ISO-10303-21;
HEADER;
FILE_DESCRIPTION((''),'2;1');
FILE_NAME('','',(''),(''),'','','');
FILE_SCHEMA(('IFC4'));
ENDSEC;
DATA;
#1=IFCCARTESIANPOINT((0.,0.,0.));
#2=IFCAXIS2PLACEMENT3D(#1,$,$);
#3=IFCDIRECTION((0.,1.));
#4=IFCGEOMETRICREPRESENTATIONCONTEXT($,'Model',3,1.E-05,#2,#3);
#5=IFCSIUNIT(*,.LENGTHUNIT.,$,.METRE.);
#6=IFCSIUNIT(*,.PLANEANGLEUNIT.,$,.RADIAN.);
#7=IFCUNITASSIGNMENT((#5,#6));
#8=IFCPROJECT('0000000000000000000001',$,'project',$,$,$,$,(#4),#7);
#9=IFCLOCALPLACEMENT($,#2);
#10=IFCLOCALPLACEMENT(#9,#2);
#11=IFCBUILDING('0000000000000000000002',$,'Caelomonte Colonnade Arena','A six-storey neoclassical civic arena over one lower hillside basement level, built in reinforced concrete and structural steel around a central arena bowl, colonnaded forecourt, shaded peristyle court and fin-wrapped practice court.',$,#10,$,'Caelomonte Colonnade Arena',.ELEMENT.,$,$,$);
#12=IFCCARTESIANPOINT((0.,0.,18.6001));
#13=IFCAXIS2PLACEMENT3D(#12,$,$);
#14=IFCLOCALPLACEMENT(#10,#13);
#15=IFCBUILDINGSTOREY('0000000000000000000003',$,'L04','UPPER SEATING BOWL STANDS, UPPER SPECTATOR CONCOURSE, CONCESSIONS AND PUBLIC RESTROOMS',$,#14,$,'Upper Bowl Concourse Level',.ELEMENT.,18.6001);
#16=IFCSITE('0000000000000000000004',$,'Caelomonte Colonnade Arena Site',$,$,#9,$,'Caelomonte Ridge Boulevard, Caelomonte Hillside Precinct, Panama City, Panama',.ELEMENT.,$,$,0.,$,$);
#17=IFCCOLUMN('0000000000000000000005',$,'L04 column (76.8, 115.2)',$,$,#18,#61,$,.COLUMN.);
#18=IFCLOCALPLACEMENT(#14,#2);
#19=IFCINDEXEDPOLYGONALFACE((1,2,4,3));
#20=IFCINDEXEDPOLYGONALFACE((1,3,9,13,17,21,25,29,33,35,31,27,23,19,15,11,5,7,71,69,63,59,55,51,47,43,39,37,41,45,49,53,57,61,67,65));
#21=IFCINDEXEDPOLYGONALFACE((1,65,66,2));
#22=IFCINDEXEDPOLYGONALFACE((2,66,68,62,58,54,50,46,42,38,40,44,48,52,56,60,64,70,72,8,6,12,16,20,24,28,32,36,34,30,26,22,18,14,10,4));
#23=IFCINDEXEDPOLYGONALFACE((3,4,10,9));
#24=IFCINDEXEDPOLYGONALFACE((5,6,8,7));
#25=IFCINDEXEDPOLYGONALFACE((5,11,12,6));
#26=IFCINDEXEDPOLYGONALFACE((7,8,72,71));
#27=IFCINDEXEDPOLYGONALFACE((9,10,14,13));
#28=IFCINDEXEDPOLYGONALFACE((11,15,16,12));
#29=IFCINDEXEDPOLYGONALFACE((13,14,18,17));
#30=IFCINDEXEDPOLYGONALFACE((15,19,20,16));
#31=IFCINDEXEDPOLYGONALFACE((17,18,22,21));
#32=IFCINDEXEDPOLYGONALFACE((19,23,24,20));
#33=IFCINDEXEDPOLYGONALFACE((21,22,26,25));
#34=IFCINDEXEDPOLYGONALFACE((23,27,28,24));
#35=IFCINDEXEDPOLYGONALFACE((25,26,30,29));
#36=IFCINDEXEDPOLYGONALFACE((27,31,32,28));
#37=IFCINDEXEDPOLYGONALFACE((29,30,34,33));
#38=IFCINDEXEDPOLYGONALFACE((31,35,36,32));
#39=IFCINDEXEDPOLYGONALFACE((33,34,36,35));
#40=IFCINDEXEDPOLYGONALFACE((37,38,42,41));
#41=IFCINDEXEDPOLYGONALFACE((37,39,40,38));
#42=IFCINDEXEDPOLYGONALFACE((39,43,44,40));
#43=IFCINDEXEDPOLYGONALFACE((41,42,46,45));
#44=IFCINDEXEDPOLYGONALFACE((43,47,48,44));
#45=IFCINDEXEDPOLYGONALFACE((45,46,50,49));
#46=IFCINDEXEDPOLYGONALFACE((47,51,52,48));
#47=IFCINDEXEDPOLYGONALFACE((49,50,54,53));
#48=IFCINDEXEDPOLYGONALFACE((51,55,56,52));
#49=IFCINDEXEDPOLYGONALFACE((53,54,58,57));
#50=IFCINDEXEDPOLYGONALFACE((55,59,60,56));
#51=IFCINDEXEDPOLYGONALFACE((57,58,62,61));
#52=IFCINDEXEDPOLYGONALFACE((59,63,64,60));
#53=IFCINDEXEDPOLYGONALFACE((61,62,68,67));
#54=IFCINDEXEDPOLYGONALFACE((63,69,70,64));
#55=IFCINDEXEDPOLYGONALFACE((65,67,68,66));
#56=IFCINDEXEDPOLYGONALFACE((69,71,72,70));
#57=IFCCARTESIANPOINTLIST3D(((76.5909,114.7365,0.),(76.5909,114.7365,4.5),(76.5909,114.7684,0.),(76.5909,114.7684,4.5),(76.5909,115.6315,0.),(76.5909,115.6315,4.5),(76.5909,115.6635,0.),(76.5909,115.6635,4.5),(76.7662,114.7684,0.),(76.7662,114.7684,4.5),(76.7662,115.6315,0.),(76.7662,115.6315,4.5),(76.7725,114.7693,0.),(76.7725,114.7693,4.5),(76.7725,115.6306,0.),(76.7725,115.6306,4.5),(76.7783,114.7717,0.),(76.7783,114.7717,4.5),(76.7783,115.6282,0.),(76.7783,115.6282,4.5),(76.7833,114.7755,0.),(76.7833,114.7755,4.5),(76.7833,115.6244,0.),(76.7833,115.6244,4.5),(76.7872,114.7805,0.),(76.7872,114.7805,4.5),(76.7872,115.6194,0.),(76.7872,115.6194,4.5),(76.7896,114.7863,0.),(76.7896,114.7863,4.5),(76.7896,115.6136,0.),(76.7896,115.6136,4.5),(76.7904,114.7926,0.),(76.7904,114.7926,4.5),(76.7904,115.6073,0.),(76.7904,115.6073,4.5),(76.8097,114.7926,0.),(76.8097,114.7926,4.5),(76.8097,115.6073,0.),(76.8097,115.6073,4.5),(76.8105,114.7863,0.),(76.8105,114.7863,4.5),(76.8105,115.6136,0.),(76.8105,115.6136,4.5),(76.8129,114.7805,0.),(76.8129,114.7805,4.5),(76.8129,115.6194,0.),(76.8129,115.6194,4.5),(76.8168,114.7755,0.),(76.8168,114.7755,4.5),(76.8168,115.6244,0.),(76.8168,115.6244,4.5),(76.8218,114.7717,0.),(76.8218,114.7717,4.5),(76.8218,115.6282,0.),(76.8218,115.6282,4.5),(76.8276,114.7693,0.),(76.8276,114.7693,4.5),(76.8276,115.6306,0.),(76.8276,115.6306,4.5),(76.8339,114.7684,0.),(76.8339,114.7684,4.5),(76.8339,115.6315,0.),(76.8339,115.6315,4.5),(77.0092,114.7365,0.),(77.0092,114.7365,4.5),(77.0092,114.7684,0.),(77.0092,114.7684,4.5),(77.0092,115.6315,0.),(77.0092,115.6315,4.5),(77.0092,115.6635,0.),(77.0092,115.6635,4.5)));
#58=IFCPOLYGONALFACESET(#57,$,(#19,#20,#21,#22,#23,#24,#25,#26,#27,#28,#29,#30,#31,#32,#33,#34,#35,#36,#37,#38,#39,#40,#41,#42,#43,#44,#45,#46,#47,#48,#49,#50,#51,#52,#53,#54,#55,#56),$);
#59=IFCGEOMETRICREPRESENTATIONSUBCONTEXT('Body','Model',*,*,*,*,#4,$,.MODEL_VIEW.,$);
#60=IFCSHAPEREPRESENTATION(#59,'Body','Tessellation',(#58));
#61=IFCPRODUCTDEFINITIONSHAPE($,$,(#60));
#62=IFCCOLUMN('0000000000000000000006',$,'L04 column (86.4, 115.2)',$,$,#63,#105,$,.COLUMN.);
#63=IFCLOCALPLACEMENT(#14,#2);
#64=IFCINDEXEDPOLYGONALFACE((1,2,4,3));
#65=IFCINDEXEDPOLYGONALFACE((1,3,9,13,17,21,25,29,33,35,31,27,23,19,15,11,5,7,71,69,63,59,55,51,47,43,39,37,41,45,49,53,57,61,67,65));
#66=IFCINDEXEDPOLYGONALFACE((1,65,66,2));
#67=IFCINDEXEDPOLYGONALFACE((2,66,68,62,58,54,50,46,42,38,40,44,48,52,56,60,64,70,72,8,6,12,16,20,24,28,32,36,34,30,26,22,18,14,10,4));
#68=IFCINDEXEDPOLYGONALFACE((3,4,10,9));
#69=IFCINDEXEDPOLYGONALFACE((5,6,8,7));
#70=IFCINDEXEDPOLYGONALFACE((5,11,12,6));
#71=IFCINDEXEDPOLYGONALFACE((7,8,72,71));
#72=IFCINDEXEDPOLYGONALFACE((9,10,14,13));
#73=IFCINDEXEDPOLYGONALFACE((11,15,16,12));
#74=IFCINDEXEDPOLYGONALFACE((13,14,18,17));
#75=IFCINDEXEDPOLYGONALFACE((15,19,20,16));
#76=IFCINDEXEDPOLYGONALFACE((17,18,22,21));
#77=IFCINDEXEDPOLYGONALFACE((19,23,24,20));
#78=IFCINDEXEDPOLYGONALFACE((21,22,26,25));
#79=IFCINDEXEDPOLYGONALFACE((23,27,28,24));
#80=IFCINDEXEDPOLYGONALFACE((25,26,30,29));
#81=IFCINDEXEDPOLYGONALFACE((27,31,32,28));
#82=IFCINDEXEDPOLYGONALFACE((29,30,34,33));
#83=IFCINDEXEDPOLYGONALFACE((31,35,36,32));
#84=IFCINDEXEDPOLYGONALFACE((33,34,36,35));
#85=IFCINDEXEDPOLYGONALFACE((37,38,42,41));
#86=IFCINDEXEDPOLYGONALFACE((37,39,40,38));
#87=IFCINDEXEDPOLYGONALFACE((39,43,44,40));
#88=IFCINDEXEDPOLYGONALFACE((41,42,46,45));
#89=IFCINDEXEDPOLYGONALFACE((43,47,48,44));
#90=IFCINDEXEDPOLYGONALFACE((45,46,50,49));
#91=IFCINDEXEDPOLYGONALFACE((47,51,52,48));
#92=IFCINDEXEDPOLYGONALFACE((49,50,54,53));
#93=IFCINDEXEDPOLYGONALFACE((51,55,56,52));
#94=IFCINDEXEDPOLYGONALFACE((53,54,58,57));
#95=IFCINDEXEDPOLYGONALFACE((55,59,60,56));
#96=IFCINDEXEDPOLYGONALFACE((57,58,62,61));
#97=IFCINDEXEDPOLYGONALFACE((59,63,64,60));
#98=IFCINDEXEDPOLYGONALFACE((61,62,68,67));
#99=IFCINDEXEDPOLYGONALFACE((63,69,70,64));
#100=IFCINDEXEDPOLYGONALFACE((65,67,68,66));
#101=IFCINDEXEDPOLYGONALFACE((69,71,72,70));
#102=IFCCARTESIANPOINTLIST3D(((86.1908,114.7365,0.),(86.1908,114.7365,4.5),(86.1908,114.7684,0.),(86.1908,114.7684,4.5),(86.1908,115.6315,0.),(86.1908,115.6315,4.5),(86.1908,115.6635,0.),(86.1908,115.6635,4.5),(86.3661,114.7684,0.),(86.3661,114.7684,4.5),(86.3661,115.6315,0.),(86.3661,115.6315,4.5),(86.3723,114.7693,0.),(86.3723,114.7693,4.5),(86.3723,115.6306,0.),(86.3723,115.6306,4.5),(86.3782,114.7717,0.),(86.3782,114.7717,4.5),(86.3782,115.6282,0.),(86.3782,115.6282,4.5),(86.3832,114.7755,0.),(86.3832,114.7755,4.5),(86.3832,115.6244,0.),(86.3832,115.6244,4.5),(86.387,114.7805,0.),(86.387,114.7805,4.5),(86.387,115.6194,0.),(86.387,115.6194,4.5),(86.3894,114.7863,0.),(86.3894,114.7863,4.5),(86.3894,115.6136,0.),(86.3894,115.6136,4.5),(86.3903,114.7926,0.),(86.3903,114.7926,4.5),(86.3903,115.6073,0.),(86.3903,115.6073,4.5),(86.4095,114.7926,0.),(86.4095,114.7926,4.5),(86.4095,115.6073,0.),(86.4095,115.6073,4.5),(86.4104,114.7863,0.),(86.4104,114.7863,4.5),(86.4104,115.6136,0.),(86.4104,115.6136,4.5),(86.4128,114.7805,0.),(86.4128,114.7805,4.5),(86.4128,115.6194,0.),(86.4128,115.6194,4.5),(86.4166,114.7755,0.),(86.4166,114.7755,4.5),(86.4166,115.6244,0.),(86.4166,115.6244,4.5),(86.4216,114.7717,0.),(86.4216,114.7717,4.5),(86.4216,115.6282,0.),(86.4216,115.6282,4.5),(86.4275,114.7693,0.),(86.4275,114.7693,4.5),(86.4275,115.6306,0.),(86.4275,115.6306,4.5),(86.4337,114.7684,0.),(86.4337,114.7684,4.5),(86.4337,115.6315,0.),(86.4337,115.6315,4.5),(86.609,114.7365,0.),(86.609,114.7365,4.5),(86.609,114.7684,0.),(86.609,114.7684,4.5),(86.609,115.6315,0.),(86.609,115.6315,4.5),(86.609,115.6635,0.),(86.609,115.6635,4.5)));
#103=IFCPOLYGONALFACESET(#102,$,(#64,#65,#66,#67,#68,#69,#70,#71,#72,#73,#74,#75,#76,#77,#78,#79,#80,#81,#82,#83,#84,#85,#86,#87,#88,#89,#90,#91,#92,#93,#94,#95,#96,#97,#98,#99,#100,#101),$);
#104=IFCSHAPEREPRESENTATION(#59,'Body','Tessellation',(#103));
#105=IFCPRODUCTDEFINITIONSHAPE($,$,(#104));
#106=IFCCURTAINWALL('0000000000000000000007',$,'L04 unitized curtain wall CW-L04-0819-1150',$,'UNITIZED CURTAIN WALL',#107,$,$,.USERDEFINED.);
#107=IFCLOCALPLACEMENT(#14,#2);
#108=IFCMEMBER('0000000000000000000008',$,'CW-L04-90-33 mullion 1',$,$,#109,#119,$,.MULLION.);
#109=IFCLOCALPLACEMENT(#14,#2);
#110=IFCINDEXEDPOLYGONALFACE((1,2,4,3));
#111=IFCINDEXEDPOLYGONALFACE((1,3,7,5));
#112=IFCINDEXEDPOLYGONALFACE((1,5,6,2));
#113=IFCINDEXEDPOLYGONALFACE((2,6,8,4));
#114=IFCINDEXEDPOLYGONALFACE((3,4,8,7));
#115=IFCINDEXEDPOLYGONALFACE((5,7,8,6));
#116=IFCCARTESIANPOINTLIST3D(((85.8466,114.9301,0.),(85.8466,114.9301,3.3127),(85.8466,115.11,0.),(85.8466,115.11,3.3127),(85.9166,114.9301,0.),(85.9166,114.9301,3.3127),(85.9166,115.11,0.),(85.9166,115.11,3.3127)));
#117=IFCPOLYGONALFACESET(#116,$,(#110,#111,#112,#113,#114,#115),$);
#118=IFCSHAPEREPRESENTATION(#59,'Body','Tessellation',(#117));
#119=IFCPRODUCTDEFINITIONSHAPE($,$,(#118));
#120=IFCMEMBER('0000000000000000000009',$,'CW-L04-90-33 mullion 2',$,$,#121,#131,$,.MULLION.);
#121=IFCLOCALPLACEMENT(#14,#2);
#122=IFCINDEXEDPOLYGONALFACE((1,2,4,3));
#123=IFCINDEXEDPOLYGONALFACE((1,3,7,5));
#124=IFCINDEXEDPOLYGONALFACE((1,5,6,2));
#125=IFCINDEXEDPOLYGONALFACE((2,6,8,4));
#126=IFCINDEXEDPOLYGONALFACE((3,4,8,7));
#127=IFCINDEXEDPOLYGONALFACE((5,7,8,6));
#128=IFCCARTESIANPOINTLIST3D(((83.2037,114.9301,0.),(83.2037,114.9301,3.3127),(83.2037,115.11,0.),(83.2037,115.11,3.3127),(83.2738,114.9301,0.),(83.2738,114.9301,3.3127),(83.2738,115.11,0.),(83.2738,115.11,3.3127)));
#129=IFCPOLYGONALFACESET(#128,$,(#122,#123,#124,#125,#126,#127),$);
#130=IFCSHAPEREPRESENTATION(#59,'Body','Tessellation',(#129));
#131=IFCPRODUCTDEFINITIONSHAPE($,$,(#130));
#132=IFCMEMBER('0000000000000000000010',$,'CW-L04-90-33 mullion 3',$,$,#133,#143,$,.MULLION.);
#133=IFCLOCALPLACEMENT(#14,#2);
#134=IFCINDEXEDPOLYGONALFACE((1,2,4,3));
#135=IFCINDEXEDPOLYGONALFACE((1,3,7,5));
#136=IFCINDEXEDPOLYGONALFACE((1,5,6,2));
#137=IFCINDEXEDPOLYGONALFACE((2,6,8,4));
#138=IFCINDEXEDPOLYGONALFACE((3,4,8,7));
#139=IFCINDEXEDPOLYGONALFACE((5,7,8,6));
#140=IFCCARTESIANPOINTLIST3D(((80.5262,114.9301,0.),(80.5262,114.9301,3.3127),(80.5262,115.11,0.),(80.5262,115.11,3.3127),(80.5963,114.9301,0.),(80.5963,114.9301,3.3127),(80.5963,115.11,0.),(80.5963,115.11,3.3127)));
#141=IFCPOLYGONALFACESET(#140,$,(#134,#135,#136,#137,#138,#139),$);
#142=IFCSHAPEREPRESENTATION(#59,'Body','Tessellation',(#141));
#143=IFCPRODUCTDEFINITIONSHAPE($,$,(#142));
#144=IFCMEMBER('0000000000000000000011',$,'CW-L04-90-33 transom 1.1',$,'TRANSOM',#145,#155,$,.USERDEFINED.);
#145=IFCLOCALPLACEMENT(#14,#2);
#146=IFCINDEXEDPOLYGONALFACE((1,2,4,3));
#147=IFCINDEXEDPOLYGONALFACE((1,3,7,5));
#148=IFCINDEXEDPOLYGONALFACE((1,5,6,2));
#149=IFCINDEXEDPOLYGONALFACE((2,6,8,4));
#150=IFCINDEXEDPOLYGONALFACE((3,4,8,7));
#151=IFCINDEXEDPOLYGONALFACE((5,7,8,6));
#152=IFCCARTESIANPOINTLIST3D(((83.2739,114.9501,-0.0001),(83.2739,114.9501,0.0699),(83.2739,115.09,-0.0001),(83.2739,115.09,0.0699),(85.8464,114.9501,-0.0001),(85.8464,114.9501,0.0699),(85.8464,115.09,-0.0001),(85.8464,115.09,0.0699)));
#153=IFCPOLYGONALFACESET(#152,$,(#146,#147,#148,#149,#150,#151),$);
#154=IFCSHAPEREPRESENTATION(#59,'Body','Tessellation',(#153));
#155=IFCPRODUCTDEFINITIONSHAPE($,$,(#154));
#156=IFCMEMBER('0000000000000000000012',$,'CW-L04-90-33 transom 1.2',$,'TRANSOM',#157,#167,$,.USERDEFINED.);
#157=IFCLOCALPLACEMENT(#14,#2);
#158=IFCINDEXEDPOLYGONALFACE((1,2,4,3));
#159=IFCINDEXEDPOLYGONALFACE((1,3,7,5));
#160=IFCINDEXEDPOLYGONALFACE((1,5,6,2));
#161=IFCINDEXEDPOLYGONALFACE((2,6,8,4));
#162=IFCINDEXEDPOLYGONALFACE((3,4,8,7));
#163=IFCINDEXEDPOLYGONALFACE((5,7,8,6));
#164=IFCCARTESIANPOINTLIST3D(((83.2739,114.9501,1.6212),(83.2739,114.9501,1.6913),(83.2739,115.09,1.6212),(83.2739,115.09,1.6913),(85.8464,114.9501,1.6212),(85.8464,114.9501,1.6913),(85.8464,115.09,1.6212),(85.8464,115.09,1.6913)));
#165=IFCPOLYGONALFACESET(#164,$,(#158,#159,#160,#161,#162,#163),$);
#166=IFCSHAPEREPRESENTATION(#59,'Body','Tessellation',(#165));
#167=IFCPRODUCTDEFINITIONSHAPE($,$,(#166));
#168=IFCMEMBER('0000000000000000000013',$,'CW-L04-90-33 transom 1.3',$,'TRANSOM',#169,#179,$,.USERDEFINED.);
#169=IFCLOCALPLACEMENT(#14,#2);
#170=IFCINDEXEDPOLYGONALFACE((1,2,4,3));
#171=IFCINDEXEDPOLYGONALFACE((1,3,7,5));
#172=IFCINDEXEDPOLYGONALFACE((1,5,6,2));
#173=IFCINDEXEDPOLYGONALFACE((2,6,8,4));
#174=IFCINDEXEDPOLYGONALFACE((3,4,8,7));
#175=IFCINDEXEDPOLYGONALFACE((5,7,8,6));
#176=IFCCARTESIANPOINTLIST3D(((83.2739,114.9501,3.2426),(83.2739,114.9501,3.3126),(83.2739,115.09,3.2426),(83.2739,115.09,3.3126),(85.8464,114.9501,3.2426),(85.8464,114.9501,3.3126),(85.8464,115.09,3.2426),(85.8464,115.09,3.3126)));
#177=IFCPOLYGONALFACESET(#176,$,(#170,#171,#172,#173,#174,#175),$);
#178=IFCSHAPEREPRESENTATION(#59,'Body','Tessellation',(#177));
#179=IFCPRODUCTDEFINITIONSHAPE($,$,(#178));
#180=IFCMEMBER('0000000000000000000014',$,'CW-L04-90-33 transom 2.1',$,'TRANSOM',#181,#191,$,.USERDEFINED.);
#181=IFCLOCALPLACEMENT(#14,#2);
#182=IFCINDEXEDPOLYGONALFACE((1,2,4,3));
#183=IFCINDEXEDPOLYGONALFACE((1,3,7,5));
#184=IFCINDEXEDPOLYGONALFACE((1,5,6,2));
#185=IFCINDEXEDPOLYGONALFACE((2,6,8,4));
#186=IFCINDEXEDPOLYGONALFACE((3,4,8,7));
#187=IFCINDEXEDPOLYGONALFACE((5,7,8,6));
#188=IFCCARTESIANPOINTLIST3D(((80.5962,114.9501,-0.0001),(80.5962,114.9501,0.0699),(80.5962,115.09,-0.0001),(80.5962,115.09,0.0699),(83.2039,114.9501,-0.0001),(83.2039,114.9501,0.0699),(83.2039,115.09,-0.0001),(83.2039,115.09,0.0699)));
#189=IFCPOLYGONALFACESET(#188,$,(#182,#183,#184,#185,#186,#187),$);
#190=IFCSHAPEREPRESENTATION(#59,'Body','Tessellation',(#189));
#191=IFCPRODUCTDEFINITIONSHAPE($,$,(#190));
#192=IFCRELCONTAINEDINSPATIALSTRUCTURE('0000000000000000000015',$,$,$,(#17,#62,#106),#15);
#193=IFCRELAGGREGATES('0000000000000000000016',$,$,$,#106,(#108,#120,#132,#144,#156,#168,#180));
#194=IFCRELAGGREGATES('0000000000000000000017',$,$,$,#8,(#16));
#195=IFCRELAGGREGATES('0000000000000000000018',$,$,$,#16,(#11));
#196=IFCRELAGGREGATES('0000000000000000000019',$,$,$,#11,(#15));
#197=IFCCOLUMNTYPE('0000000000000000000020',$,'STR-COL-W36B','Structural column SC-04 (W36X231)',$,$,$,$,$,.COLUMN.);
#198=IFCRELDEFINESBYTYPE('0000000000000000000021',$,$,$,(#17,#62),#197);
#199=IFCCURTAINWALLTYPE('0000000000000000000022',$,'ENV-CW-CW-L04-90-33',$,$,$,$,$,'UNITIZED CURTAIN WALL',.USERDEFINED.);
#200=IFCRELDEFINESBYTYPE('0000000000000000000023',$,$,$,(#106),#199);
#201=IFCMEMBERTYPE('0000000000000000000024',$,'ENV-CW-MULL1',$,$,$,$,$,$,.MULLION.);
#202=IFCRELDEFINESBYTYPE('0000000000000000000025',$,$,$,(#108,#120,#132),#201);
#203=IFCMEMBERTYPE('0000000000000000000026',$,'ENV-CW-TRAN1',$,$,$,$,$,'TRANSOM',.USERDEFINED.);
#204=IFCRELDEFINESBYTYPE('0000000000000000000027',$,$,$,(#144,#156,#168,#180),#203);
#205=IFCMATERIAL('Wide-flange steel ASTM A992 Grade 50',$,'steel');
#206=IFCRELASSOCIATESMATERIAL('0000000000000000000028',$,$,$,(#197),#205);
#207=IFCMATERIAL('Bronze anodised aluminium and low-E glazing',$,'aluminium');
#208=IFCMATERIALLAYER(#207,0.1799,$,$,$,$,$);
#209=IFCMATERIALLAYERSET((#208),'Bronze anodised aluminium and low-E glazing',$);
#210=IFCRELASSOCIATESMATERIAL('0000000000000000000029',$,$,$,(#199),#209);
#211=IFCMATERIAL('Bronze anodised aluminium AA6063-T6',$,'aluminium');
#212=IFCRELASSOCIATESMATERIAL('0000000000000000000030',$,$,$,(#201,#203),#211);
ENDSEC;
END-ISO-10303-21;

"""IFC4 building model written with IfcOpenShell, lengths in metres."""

from ifc_helpers import new_model, si_unit, direction, frame, origin, origin_2d, place, context, subcontext, project, spatial, rectangle, i_section, extrude, material, layer, layer_set, material_profile, profile_set, type_object, element, aggregate, save


model = new_model("IFC4")

# Units and contexts
model_context = context("Model", 3, precision=1e-05, world=origin(), true_north=direction((0.0, 1.0)))
body_context = subcontext(model_context, "Body", "Model", "MODEL_VIEW")
ifc_project = project(units=[si_unit("LENGTHUNIT", "METRE"), si_unit("PLANEANGLEUNIT", "RADIAN")], contexts=[model_context])

# Site, building, storey
site_placement = place(None, origin())
site = spatial("IfcSite", under=ifc_project, at=site_placement, Name="Caelomonte Colonnade Arena Site", LongName="Caelomonte Ridge Boulevard, Caelomonte Hillside Precinct, Panama City, Panama", CompositionType="ELEMENT", RefElevation=0.0)
building_placement = place(site_placement, origin())
building = spatial("IfcBuilding", under=site, at=building_placement, Name="Caelomonte Colonnade Arena", Description="A six-storey neoclassical civic arena over one lower hillside basement level, built in reinforced concrete and structural steel around a central arena bowl, colonnaded forecourt, shaded peristyle court and fin-wrapped practice court.", LongName="Caelomonte Colonnade Arena", CompositionType="ELEMENT")
storey_placement = place(building_placement, frame((0.0, 0.0, 18.6001)))
storey = spatial("IfcBuildingStorey", under=building, at=storey_placement, Name="L04", Description="UPPER SEATING BOWL STANDS, UPPER SPECTATOR CONCOURSE, CONCESSIONS AND PUBLIC RESTROOMS", LongName="Upper Bowl Concourse Level", CompositionType="ELEMENT", Elevation=18.6001)

# Columns
ifc_material_1 = material(Name="Wide-flange steel ASTM A992 Grade 50", Category="steel")
ifc_material_profile_1 = material_profile(ifc_material_1, i_section(OverallWidth=0.4182, OverallDepth=0.927, WebThickness=0.0193, FlangeThickness=0.032, FilletRadius=0.0242, at=origin_2d()), Name="W36X231")
ifc_profile_set_1 = profile_set([ifc_material_profile_1], Name="Wide-flange steel ASTM A992 Grade 50")
column_type = type_object("IfcColumnType", Name="STR-COL-W36B", Description="Structural column SC-04 (W36X231)", PredefinedType="COLUMN", material=ifc_profile_set_1)
for number, where, z_axis, x_axis, name in (
    (1, (76.8, 115.2, 0.0), (0.0, 0.0, 1.0), (1.0, 0.0, 0.0), "L04 column (76.8, 115.2)"),
    (2, (86.3999, 115.2, 0.0), (0.0, 0.0, 1.0), (1.0, 0.0, 0.0), "L04 column (86.4, 115.2)"),
):
    element("IfcColumn", number, at=place(storey_placement, frame(where, z_axis=z_axis, x_axis=x_axis)), inside=storey, type_object=column_type, Name=name, PredefinedType="COLUMN", context=body_context, shape_type="SweptSolid", body=[
        extrude(i_section(OverallWidth=0.4182, OverallDepth=0.927, WebThickness=0.0193, FlangeThickness=0.032, FilletRadius=0.0242, at=origin_2d()), origin(), (0.0, 0.0, 1.0), 4.5),
    ])

# Curtain wall, members
ifc_material_2 = material(Name="Bronze anodised aluminium and low-E glazing", Category="aluminium")
ifc_layer_1 = layer(ifc_material_2, 0.1799)
ifc_layer_set_1 = layer_set([ifc_layer_1], Name="Bronze anodised aluminium and low-E glazing")
curtain_wall_type = type_object("IfcCurtainWallType", Name="ENV-CW-CW-L04-90-33", ElementType="UNITIZED CURTAIN WALL", PredefinedType="USERDEFINED", material=ifc_layer_set_1)
curtain_wall_placement = place(storey_placement, origin())
curtain_wall = element("IfcCurtainWall", 3, at=curtain_wall_placement, inside=storey, type_object=curtain_wall_type, Name="L04 unitized curtain wall CW-L04-0819-1150", ObjectType="UNITIZED CURTAIN WALL", PredefinedType="USERDEFINED")
ifc_material_3 = material(Name="Bronze anodised aluminium AA6063-T6", Category="aluminium")
ifc_material_profile_2 = material_profile(ifc_material_3, rectangle(XDim=0.0701, YDim=0.1799, at=origin_2d()), Name="CWM-70X180")
ifc_profile_set_2 = profile_set([ifc_material_profile_2], Name="Bronze anodised aluminium AA6063-T6")
member_type_1 = type_object("IfcMemberType", Name="ENV-CW-MULL1", PredefinedType="MULLION", material=ifc_profile_set_2)
member_1_placement = place(storey_placement, frame((85.8816, 115.02, 0.0), z_axis=(0.0, 0.0, 1.0), x_axis=(-1.0, 0.0, 0.0)))
member_1 = element("IfcMember", 4, at=member_1_placement, type_object=member_type_1, Name="CW-L04-90-33 mullion 1", PredefinedType="MULLION", context=body_context, shape_type="SweptSolid", body=[
    extrude(rectangle(XDim=0.0701, YDim=0.1799, at=origin_2d()), origin(), (0.0, 0.0, 1.0), 3.3127),
])
member_2_placement = place(storey_placement, frame((83.2388, 115.02, 0.0), z_axis=(0.0, 0.0, 1.0), x_axis=(-1.0, 0.0, 0.0)))
member_2 = element("IfcMember", 5, at=member_2_placement, type_object=member_type_1, Name="CW-L04-90-33 mullion 2", PredefinedType="MULLION", context=body_context, shape_type="SweptSolid", body=[
    extrude(rectangle(XDim=0.0701, YDim=0.1799, at=origin_2d()), origin(), (0.0, 0.0, 1.0), 3.3127),
])
member_3_placement = place(storey_placement, frame((80.5613, 115.02, 0.0), z_axis=(0.0, 0.0, 1.0), x_axis=(-1.0, 0.0, 0.0)))
member_3 = element("IfcMember", 6, at=member_3_placement, type_object=member_type_1, Name="CW-L04-90-33 mullion 3", PredefinedType="MULLION", context=body_context, shape_type="SweptSolid", body=[
    extrude(rectangle(XDim=0.0701, YDim=0.1799, at=origin_2d()), origin(), (0.0, 0.0, 1.0), 3.3127),
])
ifc_material_profile_3 = material_profile(ifc_material_3, rectangle(XDim=0.0701, YDim=0.1399, at=origin_2d()), Name="CWT-70X140")
ifc_profile_set_3 = profile_set([ifc_material_profile_3], Name="Bronze anodised aluminium AA6063-T6")
member_type_2 = type_object("IfcMemberType", Name="ENV-CW-TRAN1", ElementType="TRANSOM", PredefinedType="USERDEFINED", material=ifc_profile_set_3)
member_4_placement = place(storey_placement, frame((85.8464, 115.02, 0.0349), z_axis=(-1.0, 0.0, 0.0), x_axis=(0.0, 0.0, 1.0)))
member_4 = element("IfcMember", 7, at=member_4_placement, type_object=member_type_2, Name="CW-L04-90-33 transom 1.1", ObjectType="TRANSOM", PredefinedType="USERDEFINED", context=body_context, shape_type="SweptSolid", body=[
    extrude(rectangle(XDim=0.0701, YDim=0.1399, at=origin_2d()), origin(), (0.0, 0.0, 1.0), 2.5725),
])
member_5_placement = place(storey_placement, frame((85.8464, 115.02, 1.6562), z_axis=(-1.0, 0.0, 0.0), x_axis=(0.0, 0.0, 1.0)))
member_5 = element("IfcMember", 8, at=member_5_placement, type_object=member_type_2, Name="CW-L04-90-33 transom 1.2", ObjectType="TRANSOM", PredefinedType="USERDEFINED", context=body_context, shape_type="SweptSolid", body=[
    extrude(rectangle(XDim=0.0701, YDim=0.1399, at=origin_2d()), origin(), (0.0, 0.0, 1.0), 2.5725),
])
member_6_placement = place(storey_placement, frame((85.8464, 115.02, 3.2776), z_axis=(-1.0, 0.0, 0.0), x_axis=(0.0, 0.0, 1.0)))
member_6 = element("IfcMember", 9, at=member_6_placement, type_object=member_type_2, Name="CW-L04-90-33 transom 1.3", ObjectType="TRANSOM", PredefinedType="USERDEFINED", context=body_context, shape_type="SweptSolid", body=[
    extrude(rectangle(XDim=0.0701, YDim=0.1399, at=origin_2d()), origin(), (0.0, 0.0, 1.0), 2.5725),
])
member_7_placement = place(storey_placement, frame((83.2039, 115.02, 0.0349), z_axis=(-1.0, 0.0, 0.0), x_axis=(0.0, 0.0, 1.0)))
member_7 = element("IfcMember", 10, at=member_7_placement, type_object=member_type_2, Name="CW-L04-90-33 transom 2.1", ObjectType="TRANSOM", PredefinedType="USERDEFINED", context=body_context, shape_type="SweptSolid", body=[
    extrude(rectangle(XDim=0.0701, YDim=0.1399, at=origin_2d()), origin(), (0.0, 0.0, 1.0), 2.6077),
])

aggregate(curtain_wall, [member_1, member_2, member_3, member_4, member_5, member_6, member_7])

save(model, "model.ifc")
